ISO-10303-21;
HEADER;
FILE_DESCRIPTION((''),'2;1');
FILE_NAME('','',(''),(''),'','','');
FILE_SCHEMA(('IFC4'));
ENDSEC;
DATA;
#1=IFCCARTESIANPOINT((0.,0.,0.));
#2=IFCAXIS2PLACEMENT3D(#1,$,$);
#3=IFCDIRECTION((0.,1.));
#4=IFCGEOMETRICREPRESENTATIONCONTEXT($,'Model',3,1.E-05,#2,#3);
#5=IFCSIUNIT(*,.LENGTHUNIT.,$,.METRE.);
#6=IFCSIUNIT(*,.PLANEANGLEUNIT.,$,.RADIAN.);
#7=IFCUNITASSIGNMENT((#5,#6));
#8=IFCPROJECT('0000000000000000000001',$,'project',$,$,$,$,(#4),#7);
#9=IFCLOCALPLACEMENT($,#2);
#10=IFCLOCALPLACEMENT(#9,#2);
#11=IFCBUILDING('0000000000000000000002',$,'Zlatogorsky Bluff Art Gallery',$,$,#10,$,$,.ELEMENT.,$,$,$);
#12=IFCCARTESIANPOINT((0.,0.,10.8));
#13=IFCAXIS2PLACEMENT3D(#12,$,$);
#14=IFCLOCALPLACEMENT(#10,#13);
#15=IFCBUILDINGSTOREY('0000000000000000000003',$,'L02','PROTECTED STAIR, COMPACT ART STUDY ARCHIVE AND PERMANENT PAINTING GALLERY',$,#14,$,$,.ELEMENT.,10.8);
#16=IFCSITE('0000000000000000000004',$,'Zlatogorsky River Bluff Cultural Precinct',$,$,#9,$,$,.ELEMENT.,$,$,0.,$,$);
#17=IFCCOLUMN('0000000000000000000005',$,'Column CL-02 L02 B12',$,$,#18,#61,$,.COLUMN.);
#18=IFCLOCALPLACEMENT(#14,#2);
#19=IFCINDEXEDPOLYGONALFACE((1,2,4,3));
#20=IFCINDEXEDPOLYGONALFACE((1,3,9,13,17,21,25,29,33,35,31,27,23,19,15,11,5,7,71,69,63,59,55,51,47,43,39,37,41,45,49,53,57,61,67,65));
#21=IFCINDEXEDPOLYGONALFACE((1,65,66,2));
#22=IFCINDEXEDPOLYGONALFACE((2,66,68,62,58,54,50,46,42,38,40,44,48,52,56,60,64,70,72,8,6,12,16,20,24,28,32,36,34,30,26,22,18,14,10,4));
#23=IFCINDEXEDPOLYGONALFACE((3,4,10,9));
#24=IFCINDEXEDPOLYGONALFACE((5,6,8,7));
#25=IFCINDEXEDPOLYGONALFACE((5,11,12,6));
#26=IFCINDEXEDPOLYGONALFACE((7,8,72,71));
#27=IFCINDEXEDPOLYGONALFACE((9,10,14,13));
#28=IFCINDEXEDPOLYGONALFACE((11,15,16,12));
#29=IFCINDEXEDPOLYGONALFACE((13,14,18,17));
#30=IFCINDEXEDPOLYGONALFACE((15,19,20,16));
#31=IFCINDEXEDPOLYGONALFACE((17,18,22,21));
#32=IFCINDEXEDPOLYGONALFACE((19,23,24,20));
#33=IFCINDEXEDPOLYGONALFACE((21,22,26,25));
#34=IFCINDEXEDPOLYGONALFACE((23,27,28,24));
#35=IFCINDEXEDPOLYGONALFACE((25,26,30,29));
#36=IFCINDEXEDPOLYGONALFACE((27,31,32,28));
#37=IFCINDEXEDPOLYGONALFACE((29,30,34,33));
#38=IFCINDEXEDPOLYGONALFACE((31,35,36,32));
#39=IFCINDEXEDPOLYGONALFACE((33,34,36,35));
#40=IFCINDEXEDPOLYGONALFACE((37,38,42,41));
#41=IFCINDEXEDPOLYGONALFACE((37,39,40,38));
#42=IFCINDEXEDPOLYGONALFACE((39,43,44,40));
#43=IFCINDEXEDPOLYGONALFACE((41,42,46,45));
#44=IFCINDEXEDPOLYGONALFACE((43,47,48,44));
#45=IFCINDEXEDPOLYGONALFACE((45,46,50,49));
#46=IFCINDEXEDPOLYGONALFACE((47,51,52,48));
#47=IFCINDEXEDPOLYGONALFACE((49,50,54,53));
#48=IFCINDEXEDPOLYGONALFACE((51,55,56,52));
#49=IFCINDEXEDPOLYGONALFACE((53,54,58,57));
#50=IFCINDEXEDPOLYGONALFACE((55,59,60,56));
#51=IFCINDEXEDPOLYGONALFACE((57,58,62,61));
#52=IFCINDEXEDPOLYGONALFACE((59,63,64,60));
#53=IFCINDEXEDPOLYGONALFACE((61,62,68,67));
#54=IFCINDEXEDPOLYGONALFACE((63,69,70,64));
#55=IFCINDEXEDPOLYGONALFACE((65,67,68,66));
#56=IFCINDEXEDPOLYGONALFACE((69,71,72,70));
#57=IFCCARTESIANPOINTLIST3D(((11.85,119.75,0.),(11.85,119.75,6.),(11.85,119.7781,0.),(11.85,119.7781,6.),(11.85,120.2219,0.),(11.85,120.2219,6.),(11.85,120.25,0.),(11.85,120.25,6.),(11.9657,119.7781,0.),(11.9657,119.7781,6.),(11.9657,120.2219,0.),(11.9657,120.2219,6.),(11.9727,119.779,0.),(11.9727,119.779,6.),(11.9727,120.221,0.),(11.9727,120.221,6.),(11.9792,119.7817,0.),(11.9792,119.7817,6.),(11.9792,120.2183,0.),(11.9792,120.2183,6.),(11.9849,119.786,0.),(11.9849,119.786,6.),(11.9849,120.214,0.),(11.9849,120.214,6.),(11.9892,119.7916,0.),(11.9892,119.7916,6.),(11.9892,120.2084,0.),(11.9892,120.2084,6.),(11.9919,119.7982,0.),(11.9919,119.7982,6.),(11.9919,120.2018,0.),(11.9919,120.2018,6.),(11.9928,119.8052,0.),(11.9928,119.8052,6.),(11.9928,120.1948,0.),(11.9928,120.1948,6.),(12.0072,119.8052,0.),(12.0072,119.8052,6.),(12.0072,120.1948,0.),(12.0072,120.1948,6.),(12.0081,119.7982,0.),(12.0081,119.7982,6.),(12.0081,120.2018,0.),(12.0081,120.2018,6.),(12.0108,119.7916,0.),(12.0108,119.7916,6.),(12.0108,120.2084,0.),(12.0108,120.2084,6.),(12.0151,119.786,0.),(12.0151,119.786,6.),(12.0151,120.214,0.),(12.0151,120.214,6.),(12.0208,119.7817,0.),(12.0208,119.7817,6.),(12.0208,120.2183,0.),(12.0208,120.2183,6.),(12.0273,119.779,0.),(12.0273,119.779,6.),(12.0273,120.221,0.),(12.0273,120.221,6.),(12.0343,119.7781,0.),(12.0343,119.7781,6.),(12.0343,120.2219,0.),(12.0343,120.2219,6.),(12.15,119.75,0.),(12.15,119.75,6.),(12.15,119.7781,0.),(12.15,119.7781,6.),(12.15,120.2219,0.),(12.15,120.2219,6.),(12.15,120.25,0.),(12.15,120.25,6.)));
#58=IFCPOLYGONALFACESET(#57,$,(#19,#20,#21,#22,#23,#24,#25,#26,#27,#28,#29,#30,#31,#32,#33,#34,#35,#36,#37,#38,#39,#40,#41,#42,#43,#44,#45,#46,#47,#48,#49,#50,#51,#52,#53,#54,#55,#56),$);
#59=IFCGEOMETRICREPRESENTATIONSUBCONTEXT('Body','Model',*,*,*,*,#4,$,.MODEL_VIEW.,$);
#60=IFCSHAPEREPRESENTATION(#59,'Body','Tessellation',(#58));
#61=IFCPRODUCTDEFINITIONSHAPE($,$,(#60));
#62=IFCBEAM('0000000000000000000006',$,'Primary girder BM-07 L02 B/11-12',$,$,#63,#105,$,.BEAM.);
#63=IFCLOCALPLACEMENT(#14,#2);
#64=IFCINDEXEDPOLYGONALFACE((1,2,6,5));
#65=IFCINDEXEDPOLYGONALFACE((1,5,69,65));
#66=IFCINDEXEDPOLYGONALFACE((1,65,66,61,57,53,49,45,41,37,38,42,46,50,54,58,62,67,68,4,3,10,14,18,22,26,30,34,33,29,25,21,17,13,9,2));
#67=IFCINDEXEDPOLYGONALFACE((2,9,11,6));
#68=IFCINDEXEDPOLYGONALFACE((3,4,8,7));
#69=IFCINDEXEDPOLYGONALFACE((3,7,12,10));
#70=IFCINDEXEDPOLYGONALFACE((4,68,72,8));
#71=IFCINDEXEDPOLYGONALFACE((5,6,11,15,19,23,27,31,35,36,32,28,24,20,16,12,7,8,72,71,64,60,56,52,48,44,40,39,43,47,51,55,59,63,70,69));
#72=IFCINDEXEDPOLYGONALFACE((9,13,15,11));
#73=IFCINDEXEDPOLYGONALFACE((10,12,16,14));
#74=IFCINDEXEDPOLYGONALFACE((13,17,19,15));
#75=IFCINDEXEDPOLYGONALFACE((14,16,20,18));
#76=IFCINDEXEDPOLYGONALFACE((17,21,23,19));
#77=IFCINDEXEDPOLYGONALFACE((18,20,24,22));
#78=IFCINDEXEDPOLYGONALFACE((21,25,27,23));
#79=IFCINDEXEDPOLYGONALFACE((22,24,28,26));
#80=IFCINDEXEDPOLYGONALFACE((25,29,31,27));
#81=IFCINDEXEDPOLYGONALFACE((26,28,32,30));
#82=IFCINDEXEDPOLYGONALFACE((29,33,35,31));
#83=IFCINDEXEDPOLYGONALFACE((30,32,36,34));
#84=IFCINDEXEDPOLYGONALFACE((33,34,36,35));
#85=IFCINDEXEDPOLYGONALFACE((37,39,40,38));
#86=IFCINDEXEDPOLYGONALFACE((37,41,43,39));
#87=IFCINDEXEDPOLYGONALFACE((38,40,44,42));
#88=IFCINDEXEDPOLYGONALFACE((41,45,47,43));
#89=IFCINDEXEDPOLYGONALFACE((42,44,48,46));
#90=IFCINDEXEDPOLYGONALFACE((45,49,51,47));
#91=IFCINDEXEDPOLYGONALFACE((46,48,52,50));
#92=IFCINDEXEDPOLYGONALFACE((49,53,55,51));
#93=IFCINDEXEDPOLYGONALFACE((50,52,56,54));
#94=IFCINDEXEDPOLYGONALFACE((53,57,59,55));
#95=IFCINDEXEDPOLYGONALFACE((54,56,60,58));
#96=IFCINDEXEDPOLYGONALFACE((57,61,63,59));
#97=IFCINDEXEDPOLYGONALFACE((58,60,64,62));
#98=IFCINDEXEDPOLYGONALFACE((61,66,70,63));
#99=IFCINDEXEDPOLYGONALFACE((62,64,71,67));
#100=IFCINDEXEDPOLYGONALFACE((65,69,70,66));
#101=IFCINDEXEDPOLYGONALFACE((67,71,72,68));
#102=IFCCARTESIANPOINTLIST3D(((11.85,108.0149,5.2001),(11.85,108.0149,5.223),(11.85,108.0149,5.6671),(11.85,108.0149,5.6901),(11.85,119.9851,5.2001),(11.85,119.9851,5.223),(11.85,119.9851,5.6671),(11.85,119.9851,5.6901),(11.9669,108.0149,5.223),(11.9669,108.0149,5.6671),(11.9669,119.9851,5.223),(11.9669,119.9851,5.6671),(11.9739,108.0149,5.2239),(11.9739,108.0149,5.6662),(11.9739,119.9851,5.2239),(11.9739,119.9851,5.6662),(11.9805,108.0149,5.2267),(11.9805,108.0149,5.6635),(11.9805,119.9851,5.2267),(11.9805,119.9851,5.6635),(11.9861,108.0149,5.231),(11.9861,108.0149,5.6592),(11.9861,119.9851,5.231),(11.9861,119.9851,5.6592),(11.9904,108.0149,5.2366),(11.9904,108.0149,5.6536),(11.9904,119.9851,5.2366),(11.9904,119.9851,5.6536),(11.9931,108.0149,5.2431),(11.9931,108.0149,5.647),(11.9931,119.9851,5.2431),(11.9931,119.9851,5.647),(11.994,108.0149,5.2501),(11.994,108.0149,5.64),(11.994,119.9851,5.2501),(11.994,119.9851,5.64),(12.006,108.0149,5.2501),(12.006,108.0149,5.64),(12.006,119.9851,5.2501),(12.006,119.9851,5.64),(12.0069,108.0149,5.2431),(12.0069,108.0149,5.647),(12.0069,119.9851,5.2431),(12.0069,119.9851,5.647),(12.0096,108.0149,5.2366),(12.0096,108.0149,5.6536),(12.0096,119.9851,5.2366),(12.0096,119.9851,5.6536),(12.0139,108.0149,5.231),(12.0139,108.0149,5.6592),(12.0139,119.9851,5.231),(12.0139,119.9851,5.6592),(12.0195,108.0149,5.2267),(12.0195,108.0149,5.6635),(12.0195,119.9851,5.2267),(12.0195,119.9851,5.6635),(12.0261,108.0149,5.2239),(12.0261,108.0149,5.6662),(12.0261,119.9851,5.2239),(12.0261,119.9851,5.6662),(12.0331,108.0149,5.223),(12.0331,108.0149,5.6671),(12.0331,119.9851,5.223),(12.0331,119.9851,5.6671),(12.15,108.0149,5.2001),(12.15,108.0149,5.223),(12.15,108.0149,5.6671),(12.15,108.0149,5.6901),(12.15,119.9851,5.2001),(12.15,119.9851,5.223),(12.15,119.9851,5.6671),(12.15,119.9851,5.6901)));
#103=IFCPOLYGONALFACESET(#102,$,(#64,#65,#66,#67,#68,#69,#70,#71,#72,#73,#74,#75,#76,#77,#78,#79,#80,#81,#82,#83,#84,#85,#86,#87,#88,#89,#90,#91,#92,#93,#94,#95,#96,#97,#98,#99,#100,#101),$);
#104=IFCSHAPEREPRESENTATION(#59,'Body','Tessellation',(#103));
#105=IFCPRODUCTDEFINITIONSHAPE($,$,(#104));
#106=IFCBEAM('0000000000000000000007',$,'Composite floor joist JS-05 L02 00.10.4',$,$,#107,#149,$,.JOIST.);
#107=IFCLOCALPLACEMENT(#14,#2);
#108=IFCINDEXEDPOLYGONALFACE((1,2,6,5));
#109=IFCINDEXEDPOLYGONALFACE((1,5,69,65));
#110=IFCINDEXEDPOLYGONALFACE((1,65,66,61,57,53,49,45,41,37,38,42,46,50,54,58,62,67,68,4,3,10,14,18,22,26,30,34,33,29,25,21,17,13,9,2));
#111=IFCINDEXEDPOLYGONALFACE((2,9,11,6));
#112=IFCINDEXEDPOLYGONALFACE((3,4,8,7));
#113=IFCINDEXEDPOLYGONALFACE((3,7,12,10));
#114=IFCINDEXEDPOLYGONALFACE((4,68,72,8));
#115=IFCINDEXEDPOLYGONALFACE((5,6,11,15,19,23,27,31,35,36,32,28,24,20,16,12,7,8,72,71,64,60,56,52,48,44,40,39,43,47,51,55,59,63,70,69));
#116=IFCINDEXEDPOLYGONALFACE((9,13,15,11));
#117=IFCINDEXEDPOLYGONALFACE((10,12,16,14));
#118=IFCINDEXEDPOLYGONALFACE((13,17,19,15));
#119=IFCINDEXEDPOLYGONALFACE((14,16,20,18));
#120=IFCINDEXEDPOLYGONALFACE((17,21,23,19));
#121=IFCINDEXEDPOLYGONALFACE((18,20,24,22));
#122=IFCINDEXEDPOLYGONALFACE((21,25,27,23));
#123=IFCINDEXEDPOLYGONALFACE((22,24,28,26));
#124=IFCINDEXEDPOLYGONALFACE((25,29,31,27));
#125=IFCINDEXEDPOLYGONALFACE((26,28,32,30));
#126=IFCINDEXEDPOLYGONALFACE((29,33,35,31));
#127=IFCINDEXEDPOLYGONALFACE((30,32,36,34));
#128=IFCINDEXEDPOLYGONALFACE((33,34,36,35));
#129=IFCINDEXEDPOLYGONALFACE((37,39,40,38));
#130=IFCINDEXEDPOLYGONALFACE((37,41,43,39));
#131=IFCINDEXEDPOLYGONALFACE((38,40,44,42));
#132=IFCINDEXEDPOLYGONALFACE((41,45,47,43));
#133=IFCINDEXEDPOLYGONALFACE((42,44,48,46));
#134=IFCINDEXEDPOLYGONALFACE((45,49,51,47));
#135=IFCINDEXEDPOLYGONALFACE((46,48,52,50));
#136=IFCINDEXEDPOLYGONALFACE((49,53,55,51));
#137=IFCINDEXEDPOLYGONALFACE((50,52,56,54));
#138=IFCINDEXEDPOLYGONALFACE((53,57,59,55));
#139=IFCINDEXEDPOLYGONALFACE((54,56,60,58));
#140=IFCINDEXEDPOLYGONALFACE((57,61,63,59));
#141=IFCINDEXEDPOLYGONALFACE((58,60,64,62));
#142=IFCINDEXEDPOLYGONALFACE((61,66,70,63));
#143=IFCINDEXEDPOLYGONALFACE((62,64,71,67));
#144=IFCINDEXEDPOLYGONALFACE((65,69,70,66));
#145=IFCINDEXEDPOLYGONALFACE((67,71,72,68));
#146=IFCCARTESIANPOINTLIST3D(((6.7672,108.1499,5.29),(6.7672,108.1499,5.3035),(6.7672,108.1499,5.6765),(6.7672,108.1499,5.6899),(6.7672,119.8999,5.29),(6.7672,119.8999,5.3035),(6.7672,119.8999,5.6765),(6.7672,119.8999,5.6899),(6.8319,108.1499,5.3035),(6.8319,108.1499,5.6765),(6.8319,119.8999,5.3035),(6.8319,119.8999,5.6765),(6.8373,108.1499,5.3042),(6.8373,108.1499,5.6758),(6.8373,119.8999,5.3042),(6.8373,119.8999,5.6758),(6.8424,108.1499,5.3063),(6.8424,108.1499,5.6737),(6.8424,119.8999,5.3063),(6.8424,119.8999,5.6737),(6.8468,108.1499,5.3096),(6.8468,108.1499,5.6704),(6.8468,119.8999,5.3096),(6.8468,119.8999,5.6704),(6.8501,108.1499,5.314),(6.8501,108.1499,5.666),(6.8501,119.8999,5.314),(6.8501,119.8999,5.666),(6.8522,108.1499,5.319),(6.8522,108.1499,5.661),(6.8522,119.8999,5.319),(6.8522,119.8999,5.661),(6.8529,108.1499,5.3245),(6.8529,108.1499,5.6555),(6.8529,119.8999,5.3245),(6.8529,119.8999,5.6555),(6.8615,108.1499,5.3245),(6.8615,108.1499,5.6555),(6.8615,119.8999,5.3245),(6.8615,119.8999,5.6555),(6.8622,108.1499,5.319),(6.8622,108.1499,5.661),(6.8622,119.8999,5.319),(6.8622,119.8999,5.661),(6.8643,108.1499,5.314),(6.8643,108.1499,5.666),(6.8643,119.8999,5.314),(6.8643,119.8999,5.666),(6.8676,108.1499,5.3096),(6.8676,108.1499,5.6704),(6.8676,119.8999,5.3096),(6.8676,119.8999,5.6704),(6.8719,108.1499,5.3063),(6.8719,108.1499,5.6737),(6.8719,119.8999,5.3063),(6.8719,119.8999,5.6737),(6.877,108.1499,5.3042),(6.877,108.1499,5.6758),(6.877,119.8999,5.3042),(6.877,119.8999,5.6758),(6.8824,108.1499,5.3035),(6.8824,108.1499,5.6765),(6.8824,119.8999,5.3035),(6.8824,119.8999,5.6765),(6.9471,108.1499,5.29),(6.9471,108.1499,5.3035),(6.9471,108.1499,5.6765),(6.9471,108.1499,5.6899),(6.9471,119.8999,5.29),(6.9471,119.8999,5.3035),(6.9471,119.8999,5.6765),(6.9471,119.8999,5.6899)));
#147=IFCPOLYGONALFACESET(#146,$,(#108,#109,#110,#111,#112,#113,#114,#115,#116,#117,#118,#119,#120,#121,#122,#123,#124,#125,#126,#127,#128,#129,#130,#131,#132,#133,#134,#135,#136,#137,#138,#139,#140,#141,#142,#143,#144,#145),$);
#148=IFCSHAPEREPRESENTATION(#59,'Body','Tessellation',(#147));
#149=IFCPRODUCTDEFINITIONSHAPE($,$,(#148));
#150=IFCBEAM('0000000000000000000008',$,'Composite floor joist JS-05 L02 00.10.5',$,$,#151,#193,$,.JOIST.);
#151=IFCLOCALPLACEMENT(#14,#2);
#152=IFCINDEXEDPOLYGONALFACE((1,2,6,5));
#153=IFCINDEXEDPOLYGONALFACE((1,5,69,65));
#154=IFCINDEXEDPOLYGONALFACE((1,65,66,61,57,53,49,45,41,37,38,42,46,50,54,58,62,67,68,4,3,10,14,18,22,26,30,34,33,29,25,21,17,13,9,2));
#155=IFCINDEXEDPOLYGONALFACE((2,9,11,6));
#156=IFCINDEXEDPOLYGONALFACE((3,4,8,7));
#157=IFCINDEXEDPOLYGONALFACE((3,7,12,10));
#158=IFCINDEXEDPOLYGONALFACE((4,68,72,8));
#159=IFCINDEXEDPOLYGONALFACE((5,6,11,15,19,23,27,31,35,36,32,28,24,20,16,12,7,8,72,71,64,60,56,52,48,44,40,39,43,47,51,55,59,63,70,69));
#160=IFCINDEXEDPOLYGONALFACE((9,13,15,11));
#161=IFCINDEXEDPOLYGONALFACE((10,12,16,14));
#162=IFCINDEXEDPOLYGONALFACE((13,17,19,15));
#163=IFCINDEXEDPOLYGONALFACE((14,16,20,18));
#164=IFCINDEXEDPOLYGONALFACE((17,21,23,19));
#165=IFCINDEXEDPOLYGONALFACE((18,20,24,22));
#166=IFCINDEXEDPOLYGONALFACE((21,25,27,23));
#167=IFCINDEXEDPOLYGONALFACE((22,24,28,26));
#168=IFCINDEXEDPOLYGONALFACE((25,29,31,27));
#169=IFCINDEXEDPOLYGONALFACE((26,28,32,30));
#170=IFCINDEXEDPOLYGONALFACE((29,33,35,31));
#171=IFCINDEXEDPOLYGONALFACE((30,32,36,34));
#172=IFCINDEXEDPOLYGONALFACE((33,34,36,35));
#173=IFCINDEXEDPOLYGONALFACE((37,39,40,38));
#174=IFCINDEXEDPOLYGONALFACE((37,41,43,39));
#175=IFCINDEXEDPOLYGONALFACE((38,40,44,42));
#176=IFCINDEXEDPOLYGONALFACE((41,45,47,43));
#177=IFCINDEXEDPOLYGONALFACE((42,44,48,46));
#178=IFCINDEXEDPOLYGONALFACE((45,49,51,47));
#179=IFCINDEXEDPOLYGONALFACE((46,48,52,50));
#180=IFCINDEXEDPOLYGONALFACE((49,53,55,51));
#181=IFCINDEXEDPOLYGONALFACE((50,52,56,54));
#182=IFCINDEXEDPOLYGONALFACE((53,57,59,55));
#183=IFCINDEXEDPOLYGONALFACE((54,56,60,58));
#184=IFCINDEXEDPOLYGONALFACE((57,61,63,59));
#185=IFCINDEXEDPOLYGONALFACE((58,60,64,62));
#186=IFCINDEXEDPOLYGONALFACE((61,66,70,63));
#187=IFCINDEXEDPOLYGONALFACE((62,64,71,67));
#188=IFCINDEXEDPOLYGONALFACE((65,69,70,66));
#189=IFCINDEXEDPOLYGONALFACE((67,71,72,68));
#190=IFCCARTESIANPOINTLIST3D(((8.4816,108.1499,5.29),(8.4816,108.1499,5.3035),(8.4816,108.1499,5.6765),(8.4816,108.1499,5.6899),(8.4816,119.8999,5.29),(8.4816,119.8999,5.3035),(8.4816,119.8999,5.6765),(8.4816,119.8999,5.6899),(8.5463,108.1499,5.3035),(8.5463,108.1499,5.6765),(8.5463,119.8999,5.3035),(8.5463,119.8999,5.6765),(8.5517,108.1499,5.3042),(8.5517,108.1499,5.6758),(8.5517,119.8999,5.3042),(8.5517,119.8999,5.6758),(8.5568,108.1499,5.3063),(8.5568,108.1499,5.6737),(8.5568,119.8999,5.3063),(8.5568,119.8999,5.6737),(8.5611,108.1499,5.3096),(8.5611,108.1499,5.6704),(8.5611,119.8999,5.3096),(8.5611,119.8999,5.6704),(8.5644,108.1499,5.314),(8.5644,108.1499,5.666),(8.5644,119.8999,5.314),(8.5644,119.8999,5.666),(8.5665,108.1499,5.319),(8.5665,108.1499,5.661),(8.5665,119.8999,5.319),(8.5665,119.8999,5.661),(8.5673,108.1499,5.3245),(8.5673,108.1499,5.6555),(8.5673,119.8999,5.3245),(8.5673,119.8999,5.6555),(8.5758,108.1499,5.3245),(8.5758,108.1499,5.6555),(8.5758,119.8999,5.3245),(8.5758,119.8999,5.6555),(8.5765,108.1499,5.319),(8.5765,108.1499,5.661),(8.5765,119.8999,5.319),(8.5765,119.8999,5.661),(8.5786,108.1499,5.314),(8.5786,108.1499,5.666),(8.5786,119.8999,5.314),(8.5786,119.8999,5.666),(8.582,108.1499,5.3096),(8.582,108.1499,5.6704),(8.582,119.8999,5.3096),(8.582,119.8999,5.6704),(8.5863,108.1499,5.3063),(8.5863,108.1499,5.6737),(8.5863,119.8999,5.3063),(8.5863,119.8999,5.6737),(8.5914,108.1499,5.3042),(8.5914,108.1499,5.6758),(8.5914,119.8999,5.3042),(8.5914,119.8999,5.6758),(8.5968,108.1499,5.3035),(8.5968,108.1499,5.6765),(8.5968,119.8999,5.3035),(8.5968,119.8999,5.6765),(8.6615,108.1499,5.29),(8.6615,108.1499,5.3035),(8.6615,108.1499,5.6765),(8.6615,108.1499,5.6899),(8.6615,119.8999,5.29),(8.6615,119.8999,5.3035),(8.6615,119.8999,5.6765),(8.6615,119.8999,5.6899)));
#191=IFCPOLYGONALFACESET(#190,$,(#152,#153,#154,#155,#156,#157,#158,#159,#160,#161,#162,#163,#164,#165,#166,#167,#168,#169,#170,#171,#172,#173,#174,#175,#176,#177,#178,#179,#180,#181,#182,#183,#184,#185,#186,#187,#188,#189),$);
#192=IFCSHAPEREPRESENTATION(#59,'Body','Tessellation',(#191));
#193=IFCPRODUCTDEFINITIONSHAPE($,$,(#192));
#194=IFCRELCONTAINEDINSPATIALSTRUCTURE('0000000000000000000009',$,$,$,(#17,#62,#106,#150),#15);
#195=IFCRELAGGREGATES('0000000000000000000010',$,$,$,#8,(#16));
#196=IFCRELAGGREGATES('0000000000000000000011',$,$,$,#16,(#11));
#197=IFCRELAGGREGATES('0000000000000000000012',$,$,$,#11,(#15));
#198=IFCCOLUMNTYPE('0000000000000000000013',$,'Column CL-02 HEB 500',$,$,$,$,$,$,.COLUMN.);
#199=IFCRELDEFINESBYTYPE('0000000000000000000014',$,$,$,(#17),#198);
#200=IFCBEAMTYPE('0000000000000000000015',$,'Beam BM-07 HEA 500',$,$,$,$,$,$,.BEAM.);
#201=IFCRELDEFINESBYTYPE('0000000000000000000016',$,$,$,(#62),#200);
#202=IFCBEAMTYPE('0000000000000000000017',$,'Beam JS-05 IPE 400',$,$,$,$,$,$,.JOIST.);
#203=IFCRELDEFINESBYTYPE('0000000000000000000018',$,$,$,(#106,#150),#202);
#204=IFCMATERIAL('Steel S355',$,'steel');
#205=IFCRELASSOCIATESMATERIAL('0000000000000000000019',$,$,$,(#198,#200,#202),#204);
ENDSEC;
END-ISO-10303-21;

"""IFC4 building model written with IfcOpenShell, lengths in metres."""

from ifc_helpers import new_model, si_unit, direction, frame, origin, origin_2d, place, context, subcontext, project, spatial, i_section, extrude, material, material_profile, profile_set, type_object, element, save


model = new_model("IFC4")

# Units and contexts
model_context = context("Model", 3, precision=1e-05, world=origin(), true_north=direction((0.0, 1.0)))
body_context = subcontext(model_context, "Body", "Model", "MODEL_VIEW")
ifc_project = project(units=[si_unit("LENGTHUNIT", "METRE"), si_unit("PLANEANGLEUNIT", "RADIAN")], contexts=[model_context])

# Site, building, storey
site_placement = place(None, origin())
site = spatial("IfcSite", under=ifc_project, at=site_placement, Name="Zlatogorsky River Bluff Cultural Precinct", CompositionType="ELEMENT", RefElevation=0.0)
building_placement = place(site_placement, origin())
building = spatial("IfcBuilding", under=site, at=building_placement, Name="Zlatogorsky Bluff Art Gallery", CompositionType="ELEMENT")
storey_placement = place(building_placement, frame((0.0, 0.0, 10.8)))
storey = spatial("IfcBuildingStorey", under=building, at=storey_placement, Name="L02", Description="PROTECTED STAIR, COMPACT ART STUDY ARCHIVE AND PERMANENT PAINTING GALLERY", CompositionType="ELEMENT", Elevation=10.8)

# Column
ifc_material_1 = material(Name="Steel S355", Category="steel")
ifc_material_profile_1 = material_profile(ifc_material_1, i_section(OverallWidth=0.3, OverallDepth=0.5, WebThickness=0.0144, FlangeThickness=0.0281, FilletRadius=0.0271, at=origin_2d()), Name="HEB 500")
ifc_profile_set_1 = profile_set([ifc_material_profile_1], Name="Steel S355")
column_type = type_object("IfcColumnType", Name="Column CL-02 HEB 500", PredefinedType="COLUMN", material=ifc_profile_set_1)
column_placement = place(storey_placement, frame((12.0, 120.0, 0.0), z_axis=(0.0, 0.0, 1.0), x_axis=(1.0, 0.0, 0.0)))
element("IfcColumn", 1, at=column_placement, inside=storey, type_object=column_type, Name="Column CL-02 L02 B12", PredefinedType="COLUMN", context=body_context, shape_type="SweptSolid", body=[
    extrude(i_section(OverallWidth=0.3, OverallDepth=0.5, WebThickness=0.0144, FlangeThickness=0.0281, FilletRadius=0.0271, at=origin_2d()), origin(), (0.0, 0.0, 1.0), 6.0),
])

# Beams
ifc_material_profile_2 = material_profile(ifc_material_1, i_section(OverallWidth=0.3, OverallDepth=0.49, WebThickness=0.012, FlangeThickness=0.0229, FilletRadius=0.0271, at=origin_2d()), Name="HEA 500")
ifc_profile_set_2 = profile_set([ifc_material_profile_2], Name="Steel S355")
beam_type_1 = type_object("IfcBeamType", Name="Beam BM-07 HEA 500", PredefinedType="BEAM", material=ifc_profile_set_2)
beam_1_placement = place(storey_placement, frame((12.0, 108.0149, 5.4451), z_axis=(0.0, 1.0, 0.0), x_axis=(-1.0, 0.0, 0.0)))
element("IfcBeam", 2, at=beam_1_placement, inside=storey, type_object=beam_type_1, Name="Primary girder BM-07 L02 B/11-12", PredefinedType="BEAM", context=body_context, shape_type="SweptSolid", body=[
    extrude(i_section(OverallWidth=0.3, OverallDepth=0.49, WebThickness=0.012, FlangeThickness=0.0229, FilletRadius=0.0271, at=origin_2d()), origin(), (0.0, 0.0, 1.0), 11.9702),
])
ifc_material_profile_3 = material_profile(ifc_material_1, i_section(OverallWidth=0.1799, OverallDepth=0.3999, WebThickness=0.0085, FlangeThickness=0.0134, FilletRadius=0.021, at=origin_2d()), Name="IPE 400")
ifc_profile_set_3 = profile_set([ifc_material_profile_3], Name="Steel S355")
beam_type_2 = type_object("IfcBeamType", Name="Beam JS-05 IPE 400", PredefinedType="JOIST", material=ifc_profile_set_3)
for number, where, z_axis, x_axis, name in (
    (3, (6.8572, 108.1499, 5.49), (0.0, 1.0, 0.0), (-1.0, 0.0, 0.0), "Composite floor joist JS-05 L02 00.10.4"),
    (4, (8.5715, 108.1499, 5.49), (0.0, 1.0, 0.0), (-1.0, 0.0, 0.0), "Composite floor joist JS-05 L02 00.10.5"),
):
    element("IfcBeam", number, at=place(storey_placement, frame(where, z_axis=z_axis, x_axis=x_axis)), inside=storey, type_object=beam_type_2, Name=name, PredefinedType="JOIST", context=body_context, shape_type="SweptSolid", body=[
        extrude(i_section(OverallWidth=0.1799, OverallDepth=0.3999, WebThickness=0.0085, FlangeThickness=0.0134, FilletRadius=0.021, at=origin_2d()), origin(), (0.0, 0.0, 1.0), 11.75),
    ])

save(model, "model.ifc")
